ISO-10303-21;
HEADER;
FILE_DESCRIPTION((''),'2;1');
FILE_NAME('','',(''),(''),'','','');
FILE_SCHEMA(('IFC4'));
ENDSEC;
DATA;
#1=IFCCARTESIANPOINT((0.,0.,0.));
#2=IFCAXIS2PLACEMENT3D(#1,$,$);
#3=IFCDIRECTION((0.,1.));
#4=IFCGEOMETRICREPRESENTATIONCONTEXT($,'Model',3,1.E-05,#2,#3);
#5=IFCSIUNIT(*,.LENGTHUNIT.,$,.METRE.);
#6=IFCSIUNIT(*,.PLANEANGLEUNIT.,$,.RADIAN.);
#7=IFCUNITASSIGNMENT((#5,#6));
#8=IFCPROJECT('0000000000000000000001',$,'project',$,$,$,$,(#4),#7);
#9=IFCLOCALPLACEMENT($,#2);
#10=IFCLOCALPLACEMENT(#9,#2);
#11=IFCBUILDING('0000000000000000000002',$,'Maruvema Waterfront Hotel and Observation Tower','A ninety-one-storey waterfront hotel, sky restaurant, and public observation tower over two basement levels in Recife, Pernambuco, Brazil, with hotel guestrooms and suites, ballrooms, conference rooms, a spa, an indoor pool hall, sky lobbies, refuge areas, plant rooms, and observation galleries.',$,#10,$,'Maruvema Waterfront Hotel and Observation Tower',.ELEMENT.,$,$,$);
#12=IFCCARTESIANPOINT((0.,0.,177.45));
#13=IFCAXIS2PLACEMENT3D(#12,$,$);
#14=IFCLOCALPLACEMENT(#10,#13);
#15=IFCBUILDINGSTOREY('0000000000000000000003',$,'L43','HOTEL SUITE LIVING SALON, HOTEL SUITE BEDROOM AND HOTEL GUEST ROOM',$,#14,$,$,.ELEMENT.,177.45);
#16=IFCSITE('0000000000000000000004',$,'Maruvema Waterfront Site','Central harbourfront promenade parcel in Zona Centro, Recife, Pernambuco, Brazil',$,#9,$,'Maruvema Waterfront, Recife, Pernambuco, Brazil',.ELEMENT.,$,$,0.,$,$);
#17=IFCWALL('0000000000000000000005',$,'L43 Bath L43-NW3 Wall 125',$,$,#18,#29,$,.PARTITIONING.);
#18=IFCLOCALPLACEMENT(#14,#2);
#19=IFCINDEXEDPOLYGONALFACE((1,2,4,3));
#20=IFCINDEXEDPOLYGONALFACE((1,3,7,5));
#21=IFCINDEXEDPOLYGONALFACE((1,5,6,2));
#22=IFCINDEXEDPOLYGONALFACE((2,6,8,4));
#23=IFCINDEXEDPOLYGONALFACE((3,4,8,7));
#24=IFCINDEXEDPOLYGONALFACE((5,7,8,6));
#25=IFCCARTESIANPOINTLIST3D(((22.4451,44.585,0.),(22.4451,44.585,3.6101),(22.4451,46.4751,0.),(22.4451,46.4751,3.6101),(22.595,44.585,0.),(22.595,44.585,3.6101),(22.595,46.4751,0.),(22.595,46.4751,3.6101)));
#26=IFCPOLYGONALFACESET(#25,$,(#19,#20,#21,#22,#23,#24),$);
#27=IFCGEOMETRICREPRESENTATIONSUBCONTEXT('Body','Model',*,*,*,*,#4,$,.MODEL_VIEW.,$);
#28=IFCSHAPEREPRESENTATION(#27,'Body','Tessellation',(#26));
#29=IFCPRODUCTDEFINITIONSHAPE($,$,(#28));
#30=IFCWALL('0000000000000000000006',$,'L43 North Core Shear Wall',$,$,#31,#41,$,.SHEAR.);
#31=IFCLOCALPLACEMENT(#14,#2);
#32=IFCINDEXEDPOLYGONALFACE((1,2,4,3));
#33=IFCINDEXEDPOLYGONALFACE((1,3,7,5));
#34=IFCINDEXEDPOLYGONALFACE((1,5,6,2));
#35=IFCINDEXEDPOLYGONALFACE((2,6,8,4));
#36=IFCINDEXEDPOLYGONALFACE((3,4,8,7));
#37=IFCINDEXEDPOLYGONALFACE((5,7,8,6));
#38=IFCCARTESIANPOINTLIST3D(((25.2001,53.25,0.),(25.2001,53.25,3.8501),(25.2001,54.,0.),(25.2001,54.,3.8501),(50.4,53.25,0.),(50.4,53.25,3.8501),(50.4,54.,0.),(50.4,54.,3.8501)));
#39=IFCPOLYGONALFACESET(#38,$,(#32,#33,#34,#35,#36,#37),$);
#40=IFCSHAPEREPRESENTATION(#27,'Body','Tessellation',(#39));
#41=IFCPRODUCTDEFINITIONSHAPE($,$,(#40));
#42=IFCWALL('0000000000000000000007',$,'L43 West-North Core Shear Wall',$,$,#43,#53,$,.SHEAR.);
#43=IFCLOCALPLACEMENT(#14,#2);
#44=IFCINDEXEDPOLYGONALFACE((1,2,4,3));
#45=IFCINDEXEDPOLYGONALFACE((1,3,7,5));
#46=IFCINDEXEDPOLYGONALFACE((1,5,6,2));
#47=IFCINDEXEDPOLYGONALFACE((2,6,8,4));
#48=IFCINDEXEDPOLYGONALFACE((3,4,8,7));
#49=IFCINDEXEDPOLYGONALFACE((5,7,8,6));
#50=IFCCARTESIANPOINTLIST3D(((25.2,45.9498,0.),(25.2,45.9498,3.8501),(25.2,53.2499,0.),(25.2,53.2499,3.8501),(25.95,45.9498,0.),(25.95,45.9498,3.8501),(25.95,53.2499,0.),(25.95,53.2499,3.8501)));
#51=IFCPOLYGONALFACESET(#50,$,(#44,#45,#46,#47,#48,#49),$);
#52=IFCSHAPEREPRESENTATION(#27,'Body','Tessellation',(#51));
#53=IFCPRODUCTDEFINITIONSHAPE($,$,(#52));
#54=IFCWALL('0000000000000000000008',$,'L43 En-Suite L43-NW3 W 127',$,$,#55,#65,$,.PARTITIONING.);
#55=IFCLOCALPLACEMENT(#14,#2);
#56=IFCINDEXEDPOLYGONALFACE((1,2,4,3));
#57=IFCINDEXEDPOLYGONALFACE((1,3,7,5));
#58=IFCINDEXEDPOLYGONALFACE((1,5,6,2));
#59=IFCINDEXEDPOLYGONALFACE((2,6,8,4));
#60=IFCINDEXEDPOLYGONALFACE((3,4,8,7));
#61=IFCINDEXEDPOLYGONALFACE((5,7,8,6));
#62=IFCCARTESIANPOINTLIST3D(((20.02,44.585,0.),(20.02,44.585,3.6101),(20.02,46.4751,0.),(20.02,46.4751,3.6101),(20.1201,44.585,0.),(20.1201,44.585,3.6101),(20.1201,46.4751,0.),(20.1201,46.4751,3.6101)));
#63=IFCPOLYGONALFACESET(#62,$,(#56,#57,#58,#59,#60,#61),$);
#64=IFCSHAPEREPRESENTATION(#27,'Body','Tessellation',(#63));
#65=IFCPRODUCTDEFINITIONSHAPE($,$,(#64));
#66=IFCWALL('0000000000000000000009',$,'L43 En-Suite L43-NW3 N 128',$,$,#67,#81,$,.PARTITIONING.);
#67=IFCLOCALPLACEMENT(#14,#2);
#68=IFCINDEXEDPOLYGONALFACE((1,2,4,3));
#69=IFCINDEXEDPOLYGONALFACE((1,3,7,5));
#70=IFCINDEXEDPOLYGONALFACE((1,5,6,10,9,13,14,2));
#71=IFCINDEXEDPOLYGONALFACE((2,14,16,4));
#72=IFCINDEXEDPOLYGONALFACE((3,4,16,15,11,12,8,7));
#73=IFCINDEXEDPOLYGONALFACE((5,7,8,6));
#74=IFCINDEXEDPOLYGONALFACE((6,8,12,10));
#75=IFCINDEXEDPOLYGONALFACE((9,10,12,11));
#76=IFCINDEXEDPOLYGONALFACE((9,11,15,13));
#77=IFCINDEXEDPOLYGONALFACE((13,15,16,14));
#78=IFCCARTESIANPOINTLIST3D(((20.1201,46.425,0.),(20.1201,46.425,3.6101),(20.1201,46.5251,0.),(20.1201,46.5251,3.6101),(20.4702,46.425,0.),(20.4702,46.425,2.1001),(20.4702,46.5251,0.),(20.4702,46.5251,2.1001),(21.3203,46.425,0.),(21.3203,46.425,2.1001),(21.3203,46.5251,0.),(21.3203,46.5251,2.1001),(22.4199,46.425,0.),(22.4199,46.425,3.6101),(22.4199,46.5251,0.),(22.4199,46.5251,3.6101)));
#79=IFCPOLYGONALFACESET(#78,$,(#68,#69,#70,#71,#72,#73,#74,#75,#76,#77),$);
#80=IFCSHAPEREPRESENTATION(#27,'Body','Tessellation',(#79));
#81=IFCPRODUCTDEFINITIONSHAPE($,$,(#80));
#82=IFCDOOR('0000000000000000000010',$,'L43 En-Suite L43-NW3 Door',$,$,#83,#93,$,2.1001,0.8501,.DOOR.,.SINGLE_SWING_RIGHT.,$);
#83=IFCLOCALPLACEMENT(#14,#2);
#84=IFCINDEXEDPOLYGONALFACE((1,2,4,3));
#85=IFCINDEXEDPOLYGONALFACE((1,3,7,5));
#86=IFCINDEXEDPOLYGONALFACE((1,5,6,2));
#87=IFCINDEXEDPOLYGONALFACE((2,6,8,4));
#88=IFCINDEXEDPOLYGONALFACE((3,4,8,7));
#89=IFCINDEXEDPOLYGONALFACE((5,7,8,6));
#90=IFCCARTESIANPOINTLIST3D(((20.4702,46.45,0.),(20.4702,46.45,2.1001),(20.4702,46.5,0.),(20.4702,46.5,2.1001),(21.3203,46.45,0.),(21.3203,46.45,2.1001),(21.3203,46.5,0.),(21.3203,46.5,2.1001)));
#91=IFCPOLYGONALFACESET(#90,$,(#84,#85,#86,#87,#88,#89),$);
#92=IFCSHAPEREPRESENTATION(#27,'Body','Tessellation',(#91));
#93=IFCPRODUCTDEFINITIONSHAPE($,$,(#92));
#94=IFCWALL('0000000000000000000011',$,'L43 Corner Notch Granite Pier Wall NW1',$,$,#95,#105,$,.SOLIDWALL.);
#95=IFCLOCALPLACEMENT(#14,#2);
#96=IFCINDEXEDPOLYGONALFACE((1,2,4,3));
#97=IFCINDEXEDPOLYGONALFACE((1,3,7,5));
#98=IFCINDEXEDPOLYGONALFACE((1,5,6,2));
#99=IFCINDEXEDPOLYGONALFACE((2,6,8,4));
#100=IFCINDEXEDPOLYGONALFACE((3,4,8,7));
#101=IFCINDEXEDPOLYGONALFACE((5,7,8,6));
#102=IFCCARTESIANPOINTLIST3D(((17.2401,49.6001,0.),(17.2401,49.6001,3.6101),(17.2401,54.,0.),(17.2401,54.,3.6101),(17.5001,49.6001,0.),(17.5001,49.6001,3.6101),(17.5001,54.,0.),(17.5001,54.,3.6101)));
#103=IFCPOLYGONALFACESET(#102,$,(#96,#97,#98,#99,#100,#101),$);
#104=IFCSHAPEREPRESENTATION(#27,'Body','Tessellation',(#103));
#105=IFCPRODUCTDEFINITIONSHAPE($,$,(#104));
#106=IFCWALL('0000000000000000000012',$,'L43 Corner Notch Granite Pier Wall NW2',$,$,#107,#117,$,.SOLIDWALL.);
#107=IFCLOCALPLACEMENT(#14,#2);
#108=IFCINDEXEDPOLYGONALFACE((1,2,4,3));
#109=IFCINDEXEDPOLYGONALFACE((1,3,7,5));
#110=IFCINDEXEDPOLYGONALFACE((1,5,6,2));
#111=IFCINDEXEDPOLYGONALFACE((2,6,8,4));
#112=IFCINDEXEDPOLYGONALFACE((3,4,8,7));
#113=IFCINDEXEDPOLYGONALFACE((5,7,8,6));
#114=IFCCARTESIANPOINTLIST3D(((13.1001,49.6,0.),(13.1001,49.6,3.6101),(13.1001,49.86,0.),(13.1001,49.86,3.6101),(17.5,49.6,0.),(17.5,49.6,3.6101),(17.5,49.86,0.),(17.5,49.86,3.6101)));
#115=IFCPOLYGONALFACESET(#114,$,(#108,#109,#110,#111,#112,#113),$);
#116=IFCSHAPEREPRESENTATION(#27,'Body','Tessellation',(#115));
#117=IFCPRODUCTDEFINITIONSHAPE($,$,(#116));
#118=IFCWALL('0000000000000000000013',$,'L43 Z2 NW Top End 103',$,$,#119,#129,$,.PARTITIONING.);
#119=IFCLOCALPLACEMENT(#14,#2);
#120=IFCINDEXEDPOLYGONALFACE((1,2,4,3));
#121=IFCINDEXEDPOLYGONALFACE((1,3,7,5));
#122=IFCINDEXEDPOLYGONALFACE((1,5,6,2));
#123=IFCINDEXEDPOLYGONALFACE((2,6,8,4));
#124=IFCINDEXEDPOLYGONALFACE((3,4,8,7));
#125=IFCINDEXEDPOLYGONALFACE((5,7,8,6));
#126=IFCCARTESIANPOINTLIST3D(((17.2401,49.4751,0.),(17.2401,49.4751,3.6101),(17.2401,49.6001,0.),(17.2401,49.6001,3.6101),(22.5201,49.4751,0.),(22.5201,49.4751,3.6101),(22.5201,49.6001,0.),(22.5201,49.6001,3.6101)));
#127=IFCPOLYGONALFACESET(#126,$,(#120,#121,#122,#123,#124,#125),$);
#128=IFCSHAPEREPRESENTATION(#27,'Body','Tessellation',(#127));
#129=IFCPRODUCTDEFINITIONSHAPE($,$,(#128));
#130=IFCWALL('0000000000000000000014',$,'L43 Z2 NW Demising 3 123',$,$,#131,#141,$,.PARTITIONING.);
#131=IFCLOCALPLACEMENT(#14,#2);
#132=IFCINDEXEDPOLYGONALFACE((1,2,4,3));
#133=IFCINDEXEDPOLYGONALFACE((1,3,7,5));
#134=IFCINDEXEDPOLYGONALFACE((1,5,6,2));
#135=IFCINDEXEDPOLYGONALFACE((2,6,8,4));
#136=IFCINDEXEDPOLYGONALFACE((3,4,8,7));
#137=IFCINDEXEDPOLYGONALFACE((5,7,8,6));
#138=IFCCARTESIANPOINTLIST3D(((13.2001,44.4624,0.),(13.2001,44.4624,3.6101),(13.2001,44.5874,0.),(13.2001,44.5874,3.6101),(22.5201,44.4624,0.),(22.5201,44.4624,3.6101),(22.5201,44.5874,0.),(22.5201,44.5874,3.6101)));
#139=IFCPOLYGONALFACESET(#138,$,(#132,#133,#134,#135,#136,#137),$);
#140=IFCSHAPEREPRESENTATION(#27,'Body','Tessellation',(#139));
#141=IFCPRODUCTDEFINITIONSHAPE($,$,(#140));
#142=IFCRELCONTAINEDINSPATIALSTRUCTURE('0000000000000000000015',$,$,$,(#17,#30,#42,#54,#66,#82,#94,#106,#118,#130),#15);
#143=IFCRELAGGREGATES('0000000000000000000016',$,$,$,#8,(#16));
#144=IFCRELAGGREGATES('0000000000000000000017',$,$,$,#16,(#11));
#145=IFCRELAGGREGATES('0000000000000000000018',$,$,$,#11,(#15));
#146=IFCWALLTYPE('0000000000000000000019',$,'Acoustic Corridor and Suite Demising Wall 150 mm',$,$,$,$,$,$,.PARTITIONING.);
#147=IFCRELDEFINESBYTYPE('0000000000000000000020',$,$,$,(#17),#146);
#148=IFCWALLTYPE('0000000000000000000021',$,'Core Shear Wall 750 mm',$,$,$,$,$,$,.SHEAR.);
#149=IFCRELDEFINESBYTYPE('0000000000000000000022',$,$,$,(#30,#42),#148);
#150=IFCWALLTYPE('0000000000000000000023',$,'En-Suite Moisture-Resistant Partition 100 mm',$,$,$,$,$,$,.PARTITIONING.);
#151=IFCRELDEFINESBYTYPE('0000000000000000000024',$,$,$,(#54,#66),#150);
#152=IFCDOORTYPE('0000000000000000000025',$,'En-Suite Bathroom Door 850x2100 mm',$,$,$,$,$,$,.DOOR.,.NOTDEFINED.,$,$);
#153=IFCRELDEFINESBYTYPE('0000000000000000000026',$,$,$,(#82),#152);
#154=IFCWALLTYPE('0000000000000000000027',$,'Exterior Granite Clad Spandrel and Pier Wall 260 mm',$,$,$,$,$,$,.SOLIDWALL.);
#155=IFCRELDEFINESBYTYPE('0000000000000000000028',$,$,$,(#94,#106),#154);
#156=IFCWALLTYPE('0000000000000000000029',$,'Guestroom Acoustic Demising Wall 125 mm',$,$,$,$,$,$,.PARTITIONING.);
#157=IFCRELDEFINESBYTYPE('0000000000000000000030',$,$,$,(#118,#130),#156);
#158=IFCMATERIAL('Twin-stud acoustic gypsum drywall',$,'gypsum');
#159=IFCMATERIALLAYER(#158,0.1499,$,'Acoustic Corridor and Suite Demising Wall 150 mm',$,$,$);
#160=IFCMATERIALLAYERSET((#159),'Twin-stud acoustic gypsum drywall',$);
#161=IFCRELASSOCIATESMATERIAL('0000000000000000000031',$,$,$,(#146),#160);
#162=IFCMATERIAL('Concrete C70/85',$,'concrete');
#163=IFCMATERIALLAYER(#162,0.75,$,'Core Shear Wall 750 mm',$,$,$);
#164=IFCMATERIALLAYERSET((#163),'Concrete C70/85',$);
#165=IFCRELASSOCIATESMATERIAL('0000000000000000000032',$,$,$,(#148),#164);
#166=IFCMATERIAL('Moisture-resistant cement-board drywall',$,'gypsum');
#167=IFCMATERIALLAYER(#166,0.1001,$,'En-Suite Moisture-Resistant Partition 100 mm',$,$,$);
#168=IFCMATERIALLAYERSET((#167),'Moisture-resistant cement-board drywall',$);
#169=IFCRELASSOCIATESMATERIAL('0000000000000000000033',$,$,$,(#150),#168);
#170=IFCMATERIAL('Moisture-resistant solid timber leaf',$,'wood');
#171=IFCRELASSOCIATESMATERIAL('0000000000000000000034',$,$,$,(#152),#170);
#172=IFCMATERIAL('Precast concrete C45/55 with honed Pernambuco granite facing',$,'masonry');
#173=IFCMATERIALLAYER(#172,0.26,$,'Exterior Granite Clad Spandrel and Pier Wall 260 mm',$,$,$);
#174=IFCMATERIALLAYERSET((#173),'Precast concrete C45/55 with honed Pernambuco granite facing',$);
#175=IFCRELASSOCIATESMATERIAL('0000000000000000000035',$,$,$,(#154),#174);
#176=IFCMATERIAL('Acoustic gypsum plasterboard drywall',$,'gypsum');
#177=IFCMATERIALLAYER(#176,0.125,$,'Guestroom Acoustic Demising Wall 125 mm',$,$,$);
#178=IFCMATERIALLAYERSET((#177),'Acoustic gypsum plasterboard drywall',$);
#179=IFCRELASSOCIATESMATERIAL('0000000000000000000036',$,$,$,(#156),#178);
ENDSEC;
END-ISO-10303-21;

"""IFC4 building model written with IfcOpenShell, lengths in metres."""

from ifc_helpers import new_model, si_unit, direction, frame, frame_2d, origin, place, context, subcontext, project, spatial, rectangle, extrude, material, layer, layer_set, type_object, element, fill, save


model = new_model("IFC4")

# Units and contexts
model_context = context("Model", 3, precision=1e-05, world=origin(), true_north=direction((0.0, 1.0)))
body_context = subcontext(model_context, "Body", "Model", "MODEL_VIEW")
ifc_project = project(units=[si_unit("LENGTHUNIT", "METRE"), si_unit("PLANEANGLEUNIT", "RADIAN")], contexts=[model_context])

# Site, building, storey
site_placement = place(None, origin())
site = spatial("IfcSite", under=ifc_project, at=site_placement, Name="Maruvema Waterfront Site", Description="Central harbourfront promenade parcel in Zona Centro, Recife, Pernambuco, Brazil", LongName="Maruvema Waterfront, Recife, Pernambuco, Brazil", CompositionType="ELEMENT", RefElevation=0.0)
building_placement = place(site_placement, origin())
building = spatial("IfcBuilding", under=site, at=building_placement, Name="Maruvema Waterfront Hotel and Observation Tower", Description="A ninety-one-storey waterfront hotel, sky restaurant, and public observation tower over two basement levels in Recife, Pernambuco, Brazil, with hotel guestrooms and suites, ballrooms, conference rooms, a spa, an indoor pool hall, sky lobbies, refuge areas, plant rooms, and observation galleries.", LongName="Maruvema Waterfront Hotel and Observation Tower", CompositionType="ELEMENT")
storey_placement = place(building_placement, frame((0.0, 0.0, 177.45)))
storey = spatial("IfcBuildingStorey", under=building, at=storey_placement, Name="L43", Description="HOTEL SUITE LIVING SALON, HOTEL SUITE BEDROOM AND HOTEL GUEST ROOM", CompositionType="ELEMENT", Elevation=177.45)

# Wall
ifc_material_1 = material(Name="Twin-stud acoustic gypsum drywall", Category="gypsum")
ifc_layer_1 = layer(ifc_material_1, 0.1499, Name="Acoustic Corridor and Suite Demising Wall 150 mm")
ifc_layer_set_1 = layer_set([ifc_layer_1], Name="Twin-stud acoustic gypsum drywall")
wall_type_1 = type_object("IfcWallType", Name="Acoustic Corridor and Suite Demising Wall 150 mm", PredefinedType="PARTITIONING", material=ifc_layer_set_1)
wall_1_placement = place(storey_placement, frame((22.52, 44.585, 0.0), z_axis=(0.0, 0.0, 1.0), x_axis=(0.0, 1.0, 0.0)))
element("IfcWall", 1, at=wall_1_placement, inside=storey, type_object=wall_type_1, Name="L43 Bath L43-NW3 Wall 125", PredefinedType="PARTITIONING", context=body_context, shape_type="SweptSolid", body=[
    extrude(rectangle(XDim=1.8901, YDim=0.1499, at=frame_2d((0.9451, 0.0))), origin(), (0.0, 0.0, 1.0), 3.6101),
])

# Walls
ifc_material_2 = material(Name="Concrete C70/85", Category="concrete")
ifc_layer_2 = layer(ifc_material_2, 0.75, Name="Core Shear Wall 750 mm")
ifc_layer_set_2 = layer_set([ifc_layer_2], Name="Concrete C70/85")
wall_type_2 = type_object("IfcWallType", Name="Core Shear Wall 750 mm", PredefinedType="SHEAR", material=ifc_layer_set_2)
wall_2_placement = place(storey_placement, frame((25.2, 53.625, 0.0), z_axis=(0.0, 0.0, 1.0), x_axis=(1.0, 0.0, 0.0)))
element("IfcWall", 2, at=wall_2_placement, inside=storey, type_object=wall_type_2, Name="L43 North Core Shear Wall", PredefinedType="SHEAR", context=body_context, shape_type="SweptSolid", body=[
    extrude(rectangle(XDim=25.2, YDim=0.75, at=frame_2d((12.6001, 0.0))), origin(), (0.0, 0.0, 1.0), 3.8501),
])
wall_3_placement = place(storey_placement, frame((25.575, 45.95, 0.0), z_axis=(0.0, 0.0, 1.0), x_axis=(0.0, 1.0, 0.0)))
element("IfcWall", 3, at=wall_3_placement, inside=storey, type_object=wall_type_2, Name="L43 West-North Core Shear Wall", PredefinedType="SHEAR", context=body_context, shape_type="SweptSolid", body=[
    extrude(rectangle(XDim=7.3, YDim=0.75, at=frame_2d((3.6499, 0.0))), origin(), (0.0, 0.0, 1.0), 3.8501),
])
ifc_material_3 = material(Name="Moisture-resistant cement-board drywall", Category="gypsum")
ifc_layer_3 = layer(ifc_material_3, 0.1001, Name="En-Suite Moisture-Resistant Partition 100 mm")
ifc_layer_set_3 = layer_set([ifc_layer_3], Name="Moisture-resistant cement-board drywall")
wall_type_3 = type_object("IfcWallType", Name="En-Suite Moisture-Resistant Partition 100 mm", PredefinedType="PARTITIONING", material=ifc_layer_set_3)
wall_4_placement = place(storey_placement, frame((20.0701, 44.585, 0.0), z_axis=(0.0, 0.0, 1.0), x_axis=(0.0, 1.0, 0.0)))
element("IfcWall", 4, at=wall_4_placement, inside=storey, type_object=wall_type_3, Name="L43 En-Suite L43-NW3 W 127", PredefinedType="PARTITIONING", context=body_context, shape_type="SweptSolid", body=[
    extrude(rectangle(XDim=1.8901, YDim=0.1001, at=frame_2d((0.9451, 0.0))), origin(), (0.0, 0.0, 1.0), 3.6101),
])

# Wall, opening, door
wall_5_placement = place(storey_placement, frame((20.1201, 46.4751, 0.0), z_axis=(0.0, 0.0, 1.0), x_axis=(1.0, 0.0, 0.0)))
wall_5 = element("IfcWall", 5, at=wall_5_placement, inside=storey, type_object=wall_type_3, Name="L43 En-Suite L43-NW3 N 128", PredefinedType="PARTITIONING", context=body_context, shape_type="SweptSolid", body=[
    extrude(rectangle(XDim=2.2998, YDim=0.1001, at=frame_2d((1.1499, 0.0))), origin(), (0.0, 0.0, 1.0), 3.6101),
])
opening_1_placement = place(wall_5_placement, frame((0.3501, 0.0, 0.0)))
opening_1 = element("IfcOpeningElement", 6, at=opening_1_placement, cuts=wall_5, PredefinedType="OPENING", context=body_context, shape_type="SweptSolid", body=[
    extrude(rectangle(XDim=0.8501, YDim=2.1001, at=frame_2d((0.425, 1.05))), frame((0.0, 0.0601, 0.0), z_axis=(0.0, -1.0, 0.0), x_axis=(1.0, 0.0, 0.0)), (0.0, 0.0, 1.0), 0.1201),
])
ifc_material_4 = material(Name="Moisture-resistant solid timber leaf", Category="wood")
door_type_1 = type_object("IfcDoorType", Name="En-Suite Bathroom Door 850x2100 mm", OperationType="NOTDEFINED", PredefinedType="DOOR", material=ifc_material_4)
door_1_placement = place(opening_1_placement, origin())
door_1 = element("IfcDoor", 7, at=door_1_placement, inside=storey, type_object=door_type_1, Name="L43 En-Suite L43-NW3 Door", OperationType="SINGLE_SWING_RIGHT", OverallHeight=2.1001, OverallWidth=0.8501, PredefinedType="DOOR", context=body_context, shape_type="SweptSolid", body=[
    extrude(rectangle(XDim=0.8501, YDim=2.1001, at=frame_2d((0.425, 1.05))), frame((0.0, 0.0249, 0.0), z_axis=(0.0, -1.0, 0.0), x_axis=(1.0, 0.0, 0.0)), (0.0, 0.0, 1.0), 0.05),
])
fill(opening_1, door_1)

# Walls
ifc_material_5 = material(Name="Precast concrete C45/55 with honed Pernambuco granite facing", Category="masonry")
ifc_layer_4 = layer(ifc_material_5, 0.26, Name="Exterior Granite Clad Spandrel and Pier Wall 260 mm")
ifc_layer_set_4 = layer_set([ifc_layer_4], Name="Precast concrete C45/55 with honed Pernambuco granite facing")
wall_type_4 = type_object("IfcWallType", Name="Exterior Granite Clad Spandrel and Pier Wall 260 mm", PredefinedType="SOLIDWALL", material=ifc_layer_set_4)
for number, where, z_axis, x_axis, name in (
    (8, (17.3701, 49.6001, 0.0), (0.0, 0.0, 1.0), (0.0, 1.0, 0.0), "L43 Corner Notch Granite Pier Wall NW1"),
    (9, (13.1001, 49.73, 0.0), (0.0, 0.0, 1.0), (1.0, 0.0, 0.0), "L43 Corner Notch Granite Pier Wall NW2"),
):
    element("IfcWall", number, at=place(storey_placement, frame(where, z_axis=z_axis, x_axis=x_axis)), inside=storey, type_object=wall_type_4, Name=name, PredefinedType="SOLIDWALL", context=body_context, shape_type="SweptSolid", body=[
        extrude(rectangle(XDim=4.3999, YDim=0.26, at=frame_2d((2.2, 0.0))), origin(), (0.0, 0.0, 1.0), 3.6101),
    ])
ifc_material_6 = material(Name="Acoustic gypsum plasterboard drywall", Category="gypsum")
ifc_layer_5 = layer(ifc_material_6, 0.125, Name="Guestroom Acoustic Demising Wall 125 mm")
ifc_layer_set_5 = layer_set([ifc_layer_5], Name="Acoustic gypsum plasterboard drywall")
wall_type_5 = type_object("IfcWallType", Name="Guestroom Acoustic Demising Wall 125 mm", PredefinedType="PARTITIONING", material=ifc_layer_set_5)
wall_6_placement = place(storey_placement, frame((17.24, 49.5376, 0.0), z_axis=(0.0, 0.0, 1.0), x_axis=(1.0, 0.0, 0.0)))
element("IfcWall", 10, at=wall_6_placement, inside=storey, type_object=wall_type_5, Name="L43 Z2 NW Top End 103", PredefinedType="PARTITIONING", context=body_context, shape_type="SweptSolid", body=[
    extrude(rectangle(XDim=5.28, YDim=0.125, at=frame_2d((2.6401, 0.0))), origin(), (0.0, 0.0, 1.0), 3.6101),
])
wall_7_placement = place(storey_placement, frame((13.2, 44.5249, 0.0), z_axis=(0.0, 0.0, 1.0), x_axis=(1.0, 0.0, 0.0)))
element("IfcWall", 11, at=wall_7_placement, inside=storey, type_object=wall_type_5, Name="L43 Z2 NW Demising 3 123", PredefinedType="PARTITIONING", context=body_context, shape_type="SweptSolid", body=[
    extrude(rectangle(XDim=9.3201, YDim=0.125, at=frame_2d((4.6602, 0.0))), origin(), (0.0, 0.0, 1.0), 3.6101),
])

save(model, "model.ifc")
